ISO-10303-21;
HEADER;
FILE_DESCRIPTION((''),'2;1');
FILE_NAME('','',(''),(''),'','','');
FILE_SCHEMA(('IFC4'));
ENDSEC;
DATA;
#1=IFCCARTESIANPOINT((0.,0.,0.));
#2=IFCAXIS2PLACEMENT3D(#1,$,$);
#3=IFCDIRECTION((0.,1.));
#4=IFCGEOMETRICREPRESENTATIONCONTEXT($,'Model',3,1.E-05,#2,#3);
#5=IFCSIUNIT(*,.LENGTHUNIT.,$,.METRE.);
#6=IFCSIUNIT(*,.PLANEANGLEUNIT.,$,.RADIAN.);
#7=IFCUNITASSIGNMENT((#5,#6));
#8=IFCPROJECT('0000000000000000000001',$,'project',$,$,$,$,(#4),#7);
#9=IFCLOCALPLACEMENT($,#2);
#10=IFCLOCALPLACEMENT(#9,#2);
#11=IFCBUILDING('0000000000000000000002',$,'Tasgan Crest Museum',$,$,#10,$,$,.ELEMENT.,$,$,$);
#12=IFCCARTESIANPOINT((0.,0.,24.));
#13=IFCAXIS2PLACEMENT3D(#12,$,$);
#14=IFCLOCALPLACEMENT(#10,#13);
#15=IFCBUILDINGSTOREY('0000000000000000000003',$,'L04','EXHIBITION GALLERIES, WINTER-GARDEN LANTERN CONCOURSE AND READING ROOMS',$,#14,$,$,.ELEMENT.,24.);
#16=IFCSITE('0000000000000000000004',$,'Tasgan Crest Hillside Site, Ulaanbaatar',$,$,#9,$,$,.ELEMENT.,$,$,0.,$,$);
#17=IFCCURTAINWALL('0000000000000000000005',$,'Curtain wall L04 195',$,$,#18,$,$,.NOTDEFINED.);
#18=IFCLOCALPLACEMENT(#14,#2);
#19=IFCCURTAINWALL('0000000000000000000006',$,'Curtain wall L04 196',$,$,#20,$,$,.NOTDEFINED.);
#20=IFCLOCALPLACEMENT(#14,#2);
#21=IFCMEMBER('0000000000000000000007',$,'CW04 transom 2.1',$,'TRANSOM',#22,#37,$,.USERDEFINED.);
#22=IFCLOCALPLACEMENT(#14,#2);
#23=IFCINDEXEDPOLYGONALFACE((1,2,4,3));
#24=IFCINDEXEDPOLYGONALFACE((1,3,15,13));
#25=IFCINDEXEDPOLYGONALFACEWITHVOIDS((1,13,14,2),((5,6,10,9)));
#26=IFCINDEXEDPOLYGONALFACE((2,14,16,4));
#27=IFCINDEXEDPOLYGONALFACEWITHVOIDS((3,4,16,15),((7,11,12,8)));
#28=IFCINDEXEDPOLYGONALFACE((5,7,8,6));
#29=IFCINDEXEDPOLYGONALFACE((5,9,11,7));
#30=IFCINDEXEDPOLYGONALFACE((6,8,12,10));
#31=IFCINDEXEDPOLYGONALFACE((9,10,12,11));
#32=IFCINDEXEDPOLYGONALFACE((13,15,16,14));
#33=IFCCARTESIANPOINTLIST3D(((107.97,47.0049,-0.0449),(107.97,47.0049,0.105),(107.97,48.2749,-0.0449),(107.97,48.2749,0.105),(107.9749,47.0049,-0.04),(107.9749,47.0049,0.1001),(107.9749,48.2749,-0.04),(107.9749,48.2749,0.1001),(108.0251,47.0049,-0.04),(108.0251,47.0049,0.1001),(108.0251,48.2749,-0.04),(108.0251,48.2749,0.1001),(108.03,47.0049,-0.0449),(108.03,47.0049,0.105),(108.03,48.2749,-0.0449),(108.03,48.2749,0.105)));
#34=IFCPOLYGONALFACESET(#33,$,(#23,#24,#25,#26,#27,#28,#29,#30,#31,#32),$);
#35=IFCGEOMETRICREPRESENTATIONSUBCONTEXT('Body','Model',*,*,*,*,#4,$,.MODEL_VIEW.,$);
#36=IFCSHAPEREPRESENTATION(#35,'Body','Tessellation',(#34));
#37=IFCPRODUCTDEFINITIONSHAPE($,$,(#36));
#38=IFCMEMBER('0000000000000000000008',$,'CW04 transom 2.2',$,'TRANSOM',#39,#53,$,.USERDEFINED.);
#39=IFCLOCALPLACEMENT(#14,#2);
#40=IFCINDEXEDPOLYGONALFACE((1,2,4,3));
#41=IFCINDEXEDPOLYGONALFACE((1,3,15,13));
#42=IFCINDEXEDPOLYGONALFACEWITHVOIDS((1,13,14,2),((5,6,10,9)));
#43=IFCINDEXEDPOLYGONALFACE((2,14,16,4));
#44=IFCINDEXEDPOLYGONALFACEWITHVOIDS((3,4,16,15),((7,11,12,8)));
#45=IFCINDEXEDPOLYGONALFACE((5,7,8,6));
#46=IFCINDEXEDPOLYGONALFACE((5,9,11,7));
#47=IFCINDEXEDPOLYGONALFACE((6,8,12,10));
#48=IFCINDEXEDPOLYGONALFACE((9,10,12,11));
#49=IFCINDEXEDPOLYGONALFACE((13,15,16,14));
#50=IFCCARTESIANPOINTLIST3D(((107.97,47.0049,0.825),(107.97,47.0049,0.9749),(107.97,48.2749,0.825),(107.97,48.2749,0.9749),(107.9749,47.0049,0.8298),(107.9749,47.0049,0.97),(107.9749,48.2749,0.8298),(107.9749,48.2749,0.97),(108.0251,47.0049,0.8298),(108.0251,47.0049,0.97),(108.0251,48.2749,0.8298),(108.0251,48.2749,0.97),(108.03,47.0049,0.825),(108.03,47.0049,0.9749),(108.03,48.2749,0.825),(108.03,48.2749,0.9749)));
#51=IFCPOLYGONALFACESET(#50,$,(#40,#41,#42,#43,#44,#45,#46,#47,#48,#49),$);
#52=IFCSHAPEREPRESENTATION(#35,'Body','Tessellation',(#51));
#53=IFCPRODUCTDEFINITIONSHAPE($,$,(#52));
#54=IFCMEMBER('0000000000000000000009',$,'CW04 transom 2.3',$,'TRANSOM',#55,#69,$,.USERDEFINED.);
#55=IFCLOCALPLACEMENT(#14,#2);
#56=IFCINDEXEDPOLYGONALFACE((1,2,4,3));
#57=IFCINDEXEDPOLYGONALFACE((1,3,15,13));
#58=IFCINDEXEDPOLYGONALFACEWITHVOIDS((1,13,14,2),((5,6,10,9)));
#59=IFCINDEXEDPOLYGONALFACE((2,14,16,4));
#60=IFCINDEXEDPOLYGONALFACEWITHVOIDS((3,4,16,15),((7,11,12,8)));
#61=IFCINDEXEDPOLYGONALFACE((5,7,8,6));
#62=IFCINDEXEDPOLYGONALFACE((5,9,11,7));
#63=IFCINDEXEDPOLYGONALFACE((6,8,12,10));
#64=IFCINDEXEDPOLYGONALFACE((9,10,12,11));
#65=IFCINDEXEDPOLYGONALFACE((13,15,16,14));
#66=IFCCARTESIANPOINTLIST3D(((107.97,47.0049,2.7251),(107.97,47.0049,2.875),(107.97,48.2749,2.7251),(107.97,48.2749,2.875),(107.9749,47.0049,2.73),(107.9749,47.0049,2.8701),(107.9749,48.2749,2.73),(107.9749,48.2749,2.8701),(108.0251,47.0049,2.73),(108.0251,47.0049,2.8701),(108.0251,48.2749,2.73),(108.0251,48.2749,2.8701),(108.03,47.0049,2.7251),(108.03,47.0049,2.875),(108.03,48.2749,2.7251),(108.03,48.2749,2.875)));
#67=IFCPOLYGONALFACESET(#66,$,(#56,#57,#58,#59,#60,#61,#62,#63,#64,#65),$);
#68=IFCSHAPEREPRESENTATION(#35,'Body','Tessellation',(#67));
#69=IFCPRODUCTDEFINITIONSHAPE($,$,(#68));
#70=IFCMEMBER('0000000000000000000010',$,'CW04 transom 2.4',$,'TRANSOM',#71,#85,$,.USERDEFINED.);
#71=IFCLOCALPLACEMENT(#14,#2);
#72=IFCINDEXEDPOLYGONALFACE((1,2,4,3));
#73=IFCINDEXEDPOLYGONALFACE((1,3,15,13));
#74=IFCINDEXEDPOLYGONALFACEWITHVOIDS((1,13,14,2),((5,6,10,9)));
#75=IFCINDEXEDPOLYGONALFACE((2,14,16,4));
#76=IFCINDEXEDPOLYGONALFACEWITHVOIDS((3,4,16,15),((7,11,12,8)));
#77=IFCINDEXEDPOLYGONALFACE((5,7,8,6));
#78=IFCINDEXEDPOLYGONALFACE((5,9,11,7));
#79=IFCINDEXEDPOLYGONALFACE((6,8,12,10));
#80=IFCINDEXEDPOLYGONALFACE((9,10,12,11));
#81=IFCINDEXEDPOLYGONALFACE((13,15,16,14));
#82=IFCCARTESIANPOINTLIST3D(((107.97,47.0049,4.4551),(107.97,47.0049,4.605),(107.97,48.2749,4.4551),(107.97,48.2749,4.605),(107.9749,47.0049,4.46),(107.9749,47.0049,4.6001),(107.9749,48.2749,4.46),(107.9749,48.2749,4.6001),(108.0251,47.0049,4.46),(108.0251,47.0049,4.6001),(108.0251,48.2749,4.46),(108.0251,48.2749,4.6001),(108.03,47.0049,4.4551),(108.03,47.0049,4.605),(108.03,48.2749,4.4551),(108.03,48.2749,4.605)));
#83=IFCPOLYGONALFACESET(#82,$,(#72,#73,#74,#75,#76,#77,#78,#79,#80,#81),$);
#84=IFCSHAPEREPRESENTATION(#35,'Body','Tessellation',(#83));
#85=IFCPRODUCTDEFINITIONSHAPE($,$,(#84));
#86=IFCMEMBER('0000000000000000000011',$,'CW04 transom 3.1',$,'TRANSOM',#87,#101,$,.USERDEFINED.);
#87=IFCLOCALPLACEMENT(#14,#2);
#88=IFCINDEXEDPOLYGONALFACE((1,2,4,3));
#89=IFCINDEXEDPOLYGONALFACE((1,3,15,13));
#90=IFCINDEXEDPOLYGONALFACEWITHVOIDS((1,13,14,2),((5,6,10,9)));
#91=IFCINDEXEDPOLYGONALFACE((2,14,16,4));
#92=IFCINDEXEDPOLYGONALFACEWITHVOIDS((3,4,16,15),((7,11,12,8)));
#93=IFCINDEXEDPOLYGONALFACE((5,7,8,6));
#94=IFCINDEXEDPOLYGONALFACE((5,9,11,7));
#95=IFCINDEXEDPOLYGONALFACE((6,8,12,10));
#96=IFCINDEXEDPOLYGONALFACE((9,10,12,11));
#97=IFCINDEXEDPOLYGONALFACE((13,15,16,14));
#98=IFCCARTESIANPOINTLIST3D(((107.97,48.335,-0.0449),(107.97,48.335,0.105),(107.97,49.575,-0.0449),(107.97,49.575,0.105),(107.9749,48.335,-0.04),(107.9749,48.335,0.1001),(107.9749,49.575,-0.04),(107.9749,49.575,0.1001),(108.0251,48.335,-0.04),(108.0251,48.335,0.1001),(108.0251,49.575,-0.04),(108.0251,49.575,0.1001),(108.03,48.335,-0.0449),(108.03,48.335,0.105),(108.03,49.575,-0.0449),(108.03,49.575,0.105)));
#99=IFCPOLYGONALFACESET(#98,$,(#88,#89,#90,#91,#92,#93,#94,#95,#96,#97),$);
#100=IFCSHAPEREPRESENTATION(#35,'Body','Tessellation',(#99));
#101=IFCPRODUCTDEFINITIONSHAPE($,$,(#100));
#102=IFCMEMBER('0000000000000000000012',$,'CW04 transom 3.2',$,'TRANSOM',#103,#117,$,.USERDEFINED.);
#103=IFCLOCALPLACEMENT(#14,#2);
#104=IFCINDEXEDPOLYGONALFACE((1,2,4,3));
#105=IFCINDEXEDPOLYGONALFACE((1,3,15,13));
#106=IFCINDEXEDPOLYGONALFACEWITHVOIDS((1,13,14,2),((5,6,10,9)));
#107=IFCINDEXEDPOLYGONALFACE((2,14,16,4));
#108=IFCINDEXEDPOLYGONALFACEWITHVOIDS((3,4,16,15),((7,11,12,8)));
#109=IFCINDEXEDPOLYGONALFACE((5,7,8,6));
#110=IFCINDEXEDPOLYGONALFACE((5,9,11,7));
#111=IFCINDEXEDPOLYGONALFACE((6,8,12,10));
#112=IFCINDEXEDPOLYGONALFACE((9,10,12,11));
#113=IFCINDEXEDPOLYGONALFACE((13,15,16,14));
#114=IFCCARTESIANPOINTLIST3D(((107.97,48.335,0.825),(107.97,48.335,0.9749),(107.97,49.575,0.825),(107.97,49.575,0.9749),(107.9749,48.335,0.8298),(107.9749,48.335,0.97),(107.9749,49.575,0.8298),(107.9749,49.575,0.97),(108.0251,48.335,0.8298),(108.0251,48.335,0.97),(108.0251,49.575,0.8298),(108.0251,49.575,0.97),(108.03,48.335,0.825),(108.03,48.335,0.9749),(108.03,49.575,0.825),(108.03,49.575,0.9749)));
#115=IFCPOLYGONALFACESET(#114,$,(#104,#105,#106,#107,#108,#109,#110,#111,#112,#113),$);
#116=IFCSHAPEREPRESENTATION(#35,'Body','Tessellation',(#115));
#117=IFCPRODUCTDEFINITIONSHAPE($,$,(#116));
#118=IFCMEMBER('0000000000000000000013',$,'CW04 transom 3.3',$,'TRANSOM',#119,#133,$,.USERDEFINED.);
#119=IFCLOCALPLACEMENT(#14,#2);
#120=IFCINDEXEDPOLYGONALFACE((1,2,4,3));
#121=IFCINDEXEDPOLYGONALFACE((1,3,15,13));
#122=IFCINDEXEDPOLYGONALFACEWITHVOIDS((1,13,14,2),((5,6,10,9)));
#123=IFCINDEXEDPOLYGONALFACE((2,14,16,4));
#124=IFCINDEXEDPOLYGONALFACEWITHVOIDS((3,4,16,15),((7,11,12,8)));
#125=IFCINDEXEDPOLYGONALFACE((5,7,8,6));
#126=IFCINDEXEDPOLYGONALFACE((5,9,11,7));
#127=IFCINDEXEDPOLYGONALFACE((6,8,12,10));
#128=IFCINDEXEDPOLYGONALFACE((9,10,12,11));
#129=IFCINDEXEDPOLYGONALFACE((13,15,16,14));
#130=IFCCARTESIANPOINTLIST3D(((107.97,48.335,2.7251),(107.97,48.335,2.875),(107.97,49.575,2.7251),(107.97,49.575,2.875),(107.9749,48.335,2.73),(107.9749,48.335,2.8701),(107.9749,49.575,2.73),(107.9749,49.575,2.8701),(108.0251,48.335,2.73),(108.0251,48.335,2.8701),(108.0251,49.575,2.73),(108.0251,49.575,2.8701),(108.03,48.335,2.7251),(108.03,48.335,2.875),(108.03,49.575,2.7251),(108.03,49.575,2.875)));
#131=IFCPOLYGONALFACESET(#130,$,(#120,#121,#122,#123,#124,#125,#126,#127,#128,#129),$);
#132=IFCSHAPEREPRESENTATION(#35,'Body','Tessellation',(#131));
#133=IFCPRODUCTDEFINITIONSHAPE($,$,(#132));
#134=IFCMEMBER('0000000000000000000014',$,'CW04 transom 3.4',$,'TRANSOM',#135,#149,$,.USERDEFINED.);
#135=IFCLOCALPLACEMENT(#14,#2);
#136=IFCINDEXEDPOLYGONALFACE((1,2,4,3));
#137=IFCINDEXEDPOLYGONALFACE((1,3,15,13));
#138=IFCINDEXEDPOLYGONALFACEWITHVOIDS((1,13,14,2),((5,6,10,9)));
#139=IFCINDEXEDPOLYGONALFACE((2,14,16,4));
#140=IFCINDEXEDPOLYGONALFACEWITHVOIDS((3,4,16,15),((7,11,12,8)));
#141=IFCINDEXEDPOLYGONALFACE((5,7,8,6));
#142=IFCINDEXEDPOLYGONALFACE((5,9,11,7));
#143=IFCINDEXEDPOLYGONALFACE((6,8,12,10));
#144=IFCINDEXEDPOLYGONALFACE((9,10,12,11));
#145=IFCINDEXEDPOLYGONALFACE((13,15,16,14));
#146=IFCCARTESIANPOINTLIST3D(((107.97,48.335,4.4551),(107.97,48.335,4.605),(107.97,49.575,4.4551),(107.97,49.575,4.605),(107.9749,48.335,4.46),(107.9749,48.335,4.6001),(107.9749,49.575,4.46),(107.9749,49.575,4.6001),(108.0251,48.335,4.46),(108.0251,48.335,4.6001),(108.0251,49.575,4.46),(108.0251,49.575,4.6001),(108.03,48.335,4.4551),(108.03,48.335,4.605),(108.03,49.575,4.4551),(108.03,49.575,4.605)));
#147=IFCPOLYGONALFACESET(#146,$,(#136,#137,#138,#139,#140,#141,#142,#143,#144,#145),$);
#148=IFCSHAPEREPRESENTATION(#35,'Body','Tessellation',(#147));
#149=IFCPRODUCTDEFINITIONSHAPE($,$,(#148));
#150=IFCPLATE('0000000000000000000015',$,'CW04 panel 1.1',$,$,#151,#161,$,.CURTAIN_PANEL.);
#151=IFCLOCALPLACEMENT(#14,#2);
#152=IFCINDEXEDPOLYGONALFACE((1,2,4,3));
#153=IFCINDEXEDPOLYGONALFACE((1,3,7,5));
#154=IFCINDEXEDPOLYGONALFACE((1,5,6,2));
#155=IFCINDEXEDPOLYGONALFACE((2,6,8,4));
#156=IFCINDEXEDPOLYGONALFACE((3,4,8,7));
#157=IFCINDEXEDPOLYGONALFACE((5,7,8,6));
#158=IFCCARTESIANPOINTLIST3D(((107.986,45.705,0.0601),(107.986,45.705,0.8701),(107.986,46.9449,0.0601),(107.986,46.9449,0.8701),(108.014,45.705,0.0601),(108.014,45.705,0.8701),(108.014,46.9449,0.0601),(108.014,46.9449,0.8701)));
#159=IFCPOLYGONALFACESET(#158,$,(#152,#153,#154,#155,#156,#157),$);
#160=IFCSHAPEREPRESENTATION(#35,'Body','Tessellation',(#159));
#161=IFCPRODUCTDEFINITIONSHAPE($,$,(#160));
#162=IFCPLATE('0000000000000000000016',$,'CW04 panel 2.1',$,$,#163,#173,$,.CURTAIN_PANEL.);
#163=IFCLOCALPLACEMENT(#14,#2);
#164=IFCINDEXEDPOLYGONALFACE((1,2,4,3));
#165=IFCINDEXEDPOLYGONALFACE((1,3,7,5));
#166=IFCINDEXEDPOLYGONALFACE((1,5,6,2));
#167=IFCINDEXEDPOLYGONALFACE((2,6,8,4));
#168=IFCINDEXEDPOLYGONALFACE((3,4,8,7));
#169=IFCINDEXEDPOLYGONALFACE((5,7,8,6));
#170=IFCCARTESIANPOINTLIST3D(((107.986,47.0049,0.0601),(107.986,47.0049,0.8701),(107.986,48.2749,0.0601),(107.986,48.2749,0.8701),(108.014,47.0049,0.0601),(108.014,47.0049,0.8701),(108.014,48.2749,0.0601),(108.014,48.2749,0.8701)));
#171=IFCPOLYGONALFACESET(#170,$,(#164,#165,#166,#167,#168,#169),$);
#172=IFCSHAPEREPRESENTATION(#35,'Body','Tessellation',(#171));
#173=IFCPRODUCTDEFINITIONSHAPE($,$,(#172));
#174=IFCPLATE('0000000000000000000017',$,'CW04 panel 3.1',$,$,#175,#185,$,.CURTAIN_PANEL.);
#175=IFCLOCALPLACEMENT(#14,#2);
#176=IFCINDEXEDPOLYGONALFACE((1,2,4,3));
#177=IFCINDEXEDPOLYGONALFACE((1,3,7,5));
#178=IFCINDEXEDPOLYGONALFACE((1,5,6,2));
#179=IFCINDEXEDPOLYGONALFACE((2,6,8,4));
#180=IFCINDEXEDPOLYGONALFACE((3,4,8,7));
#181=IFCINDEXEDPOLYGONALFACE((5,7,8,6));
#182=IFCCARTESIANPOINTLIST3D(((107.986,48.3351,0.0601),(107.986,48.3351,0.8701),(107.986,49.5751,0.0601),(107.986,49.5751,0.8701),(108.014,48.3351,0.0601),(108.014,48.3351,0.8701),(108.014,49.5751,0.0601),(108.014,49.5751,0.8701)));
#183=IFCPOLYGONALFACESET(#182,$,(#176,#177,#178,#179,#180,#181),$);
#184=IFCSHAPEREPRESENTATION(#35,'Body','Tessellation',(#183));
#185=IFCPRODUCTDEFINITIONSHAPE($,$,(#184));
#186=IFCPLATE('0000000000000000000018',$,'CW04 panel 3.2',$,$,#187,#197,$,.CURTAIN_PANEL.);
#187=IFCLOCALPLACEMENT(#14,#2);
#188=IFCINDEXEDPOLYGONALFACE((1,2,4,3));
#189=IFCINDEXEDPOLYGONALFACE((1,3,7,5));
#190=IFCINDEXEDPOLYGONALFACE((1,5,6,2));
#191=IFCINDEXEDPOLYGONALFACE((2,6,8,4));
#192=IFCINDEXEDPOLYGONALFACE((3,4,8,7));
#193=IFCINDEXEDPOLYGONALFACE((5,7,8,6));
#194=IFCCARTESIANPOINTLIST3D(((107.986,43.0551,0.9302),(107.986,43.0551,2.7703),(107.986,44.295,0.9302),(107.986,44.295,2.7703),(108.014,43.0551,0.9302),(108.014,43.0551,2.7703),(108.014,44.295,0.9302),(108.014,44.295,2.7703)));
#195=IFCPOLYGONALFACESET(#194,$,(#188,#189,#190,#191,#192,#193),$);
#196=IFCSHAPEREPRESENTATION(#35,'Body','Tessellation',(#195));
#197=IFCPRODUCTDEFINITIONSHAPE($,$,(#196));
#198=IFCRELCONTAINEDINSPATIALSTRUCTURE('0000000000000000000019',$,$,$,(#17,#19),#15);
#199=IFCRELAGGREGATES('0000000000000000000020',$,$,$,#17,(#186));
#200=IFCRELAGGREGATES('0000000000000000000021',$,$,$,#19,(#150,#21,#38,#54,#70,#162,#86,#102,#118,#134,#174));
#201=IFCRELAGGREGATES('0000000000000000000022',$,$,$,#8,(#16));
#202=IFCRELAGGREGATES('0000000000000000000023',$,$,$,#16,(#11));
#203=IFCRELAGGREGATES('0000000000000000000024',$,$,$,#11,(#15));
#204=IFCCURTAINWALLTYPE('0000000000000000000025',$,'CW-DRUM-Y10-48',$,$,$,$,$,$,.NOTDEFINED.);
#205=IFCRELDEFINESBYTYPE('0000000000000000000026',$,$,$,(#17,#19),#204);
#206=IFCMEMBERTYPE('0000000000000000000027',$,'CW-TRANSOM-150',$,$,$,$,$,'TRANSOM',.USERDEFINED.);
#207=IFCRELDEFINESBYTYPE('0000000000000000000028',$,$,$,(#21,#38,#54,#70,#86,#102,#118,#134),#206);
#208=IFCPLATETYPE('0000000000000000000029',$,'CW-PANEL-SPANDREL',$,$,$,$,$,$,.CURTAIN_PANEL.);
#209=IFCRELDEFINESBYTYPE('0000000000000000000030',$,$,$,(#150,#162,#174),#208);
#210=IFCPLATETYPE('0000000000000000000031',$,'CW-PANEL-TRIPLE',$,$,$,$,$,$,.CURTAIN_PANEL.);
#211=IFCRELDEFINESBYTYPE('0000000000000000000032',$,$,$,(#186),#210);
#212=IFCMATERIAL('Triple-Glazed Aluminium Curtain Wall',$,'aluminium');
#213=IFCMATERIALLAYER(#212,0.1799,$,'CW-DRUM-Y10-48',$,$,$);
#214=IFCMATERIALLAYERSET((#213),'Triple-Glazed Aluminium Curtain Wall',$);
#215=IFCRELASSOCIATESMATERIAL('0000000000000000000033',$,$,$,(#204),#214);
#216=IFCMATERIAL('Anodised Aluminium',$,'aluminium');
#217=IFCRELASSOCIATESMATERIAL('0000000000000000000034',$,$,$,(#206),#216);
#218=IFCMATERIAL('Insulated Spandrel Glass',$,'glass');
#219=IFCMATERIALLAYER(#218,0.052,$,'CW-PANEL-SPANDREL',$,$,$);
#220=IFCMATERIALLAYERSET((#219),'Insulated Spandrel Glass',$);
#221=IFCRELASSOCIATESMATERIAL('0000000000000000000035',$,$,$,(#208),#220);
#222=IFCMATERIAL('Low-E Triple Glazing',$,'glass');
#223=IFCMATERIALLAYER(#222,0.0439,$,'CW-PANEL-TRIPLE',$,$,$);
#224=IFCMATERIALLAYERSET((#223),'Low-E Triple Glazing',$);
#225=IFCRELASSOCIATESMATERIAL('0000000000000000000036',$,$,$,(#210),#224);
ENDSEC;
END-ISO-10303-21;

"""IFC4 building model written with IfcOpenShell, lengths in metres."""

from ifc_helpers import new_model, si_unit, direction, frame, origin, origin_2d, place, context, subcontext, project, spatial, rectangle, hollow_rectangle, extrude, material, layer, layer_set, material_profile, profile_set, type_object, element, aggregate, save


model = new_model("IFC4")

# Units and contexts
model_context = context("Model", 3, precision=1e-05, world=origin(), true_north=direction((0.0, 1.0)))
body_context = subcontext(model_context, "Body", "Model", "MODEL_VIEW")
ifc_project = project(units=[si_unit("LENGTHUNIT", "METRE"), si_unit("PLANEANGLEUNIT", "RADIAN")], contexts=[model_context])

# Site, building, storey
site_placement = place(None, origin())
site = spatial("IfcSite", under=ifc_project, at=site_placement, Name="Tasgan Crest Hillside Site, Ulaanbaatar", CompositionType="ELEMENT", RefElevation=0.0)
building_placement = place(site_placement, origin())
building = spatial("IfcBuilding", under=site, at=building_placement, Name="Tasgan Crest Museum", CompositionType="ELEMENT")
storey_placement = place(building_placement, frame((0.0, 0.0, 24.0)))
storey = spatial("IfcBuildingStorey", under=building, at=storey_placement, Name="L04", Description="EXHIBITION GALLERIES, WINTER-GARDEN LANTERN CONCOURSE AND READING ROOMS", CompositionType="ELEMENT", Elevation=24.0)

# Curtain wall
ifc_material_1 = material(Name="Triple-Glazed Aluminium Curtain Wall", Category="aluminium")
ifc_layer_1 = layer(ifc_material_1, 0.1799, Name="CW-DRUM-Y10-48")
ifc_layer_set_1 = layer_set([ifc_layer_1], Name="Triple-Glazed Aluminium Curtain Wall")
curtain_wall_type = type_object("IfcCurtainWallType", Name="CW-DRUM-Y10-48", PredefinedType="NOTDEFINED", material=ifc_layer_set_1)
curtain_wall_1_placement = place(storey_placement, origin())
curtain_wall_1 = element("IfcCurtainWall", 1, at=curtain_wall_1_placement, inside=storey, type_object=curtain_wall_type, Name="Curtain wall L04 195", PredefinedType="NOTDEFINED")

# Curtain wall, members, plates
curtain_wall_2_placement = place(storey_placement, origin())
curtain_wall_2 = element("IfcCurtainWall", 2, at=curtain_wall_2_placement, inside=storey, type_object=curtain_wall_type, Name="Curtain wall L04 196", PredefinedType="NOTDEFINED")
ifc_material_2 = material(Name="Anodised Aluminium", Category="aluminium")
ifc_material_profile_1 = material_profile(ifc_material_2, hollow_rectangle(XDim=0.0601, YDim=0.1499, WallThickness=0.0049, at=origin_2d()), Name="ALU TRANSOM 150x60x5")
ifc_profile_set_1 = profile_set([ifc_material_profile_1], Name="Anodised Aluminium")
member_type_1 = type_object("IfcMemberType", Name="CW-TRANSOM-150", ElementType="TRANSOM", PredefinedType="USERDEFINED", material=ifc_profile_set_1)
member_1_placement = place(storey_placement, frame((108.0, 47.0049, 0.03), z_axis=(0.0, 1.0, 0.0), x_axis=(-1.0, 0.0, 0.0)))
member_1 = element("IfcMember", 3, at=member_1_placement, type_object=member_type_1, Name="CW04 transom 2.1", ObjectType="TRANSOM", PredefinedType="USERDEFINED", context=body_context, shape_type="SweptSolid", body=[
    extrude(hollow_rectangle(XDim=0.0601, YDim=0.1499, WallThickness=0.0049, at=origin_2d()), origin(), (0.0, 0.0, 1.0), 1.27),
])
member_2_placement = place(storey_placement, frame((108.0, 47.0049, 0.8999), z_axis=(0.0, 1.0, 0.0), x_axis=(-1.0, 0.0, 0.0)))
member_2 = element("IfcMember", 4, at=member_2_placement, type_object=member_type_1, Name="CW04 transom 2.2", ObjectType="TRANSOM", PredefinedType="USERDEFINED", context=body_context, shape_type="SweptSolid", body=[
    extrude(hollow_rectangle(XDim=0.0601, YDim=0.1499, WallThickness=0.0049, at=origin_2d()), origin(), (0.0, 0.0, 1.0), 1.27),
])
member_3_placement = place(storey_placement, frame((108.0, 47.0049, 2.8), z_axis=(0.0, 1.0, 0.0), x_axis=(-1.0, 0.0, 0.0)))
member_3 = element("IfcMember", 5, at=member_3_placement, type_object=member_type_1, Name="CW04 transom 2.3", ObjectType="TRANSOM", PredefinedType="USERDEFINED", context=body_context, shape_type="SweptSolid", body=[
    extrude(hollow_rectangle(XDim=0.0601, YDim=0.1499, WallThickness=0.0049, at=origin_2d()), origin(), (0.0, 0.0, 1.0), 1.27),
])
member_4_placement = place(storey_placement, frame((108.0, 47.0049, 4.53), z_axis=(0.0, 1.0, 0.0), x_axis=(-1.0, 0.0, 0.0)))
member_4 = element("IfcMember", 6, at=member_4_placement, type_object=member_type_1, Name="CW04 transom 2.4", ObjectType="TRANSOM", PredefinedType="USERDEFINED", context=body_context, shape_type="SweptSolid", body=[
    extrude(hollow_rectangle(XDim=0.0601, YDim=0.1499, WallThickness=0.0049, at=origin_2d()), origin(), (0.0, 0.0, 1.0), 1.27),
])
member_5_placement = place(storey_placement, frame((108.0, 48.335, 0.03), z_axis=(0.0, 1.0, 0.0), x_axis=(-1.0, 0.0, 0.0)))
member_5 = element("IfcMember", 7, at=member_5_placement, type_object=member_type_1, Name="CW04 transom 3.1", ObjectType="TRANSOM", PredefinedType="USERDEFINED", context=body_context, shape_type="SweptSolid", body=[
    extrude(hollow_rectangle(XDim=0.0601, YDim=0.1499, WallThickness=0.0049, at=origin_2d()), origin(), (0.0, 0.0, 1.0), 1.24),
])
member_6_placement = place(storey_placement, frame((108.0, 48.335, 0.8999), z_axis=(0.0, 1.0, 0.0), x_axis=(-1.0, 0.0, 0.0)))
member_6 = element("IfcMember", 8, at=member_6_placement, type_object=member_type_1, Name="CW04 transom 3.2", ObjectType="TRANSOM", PredefinedType="USERDEFINED", context=body_context, shape_type="SweptSolid", body=[
    extrude(hollow_rectangle(XDim=0.0601, YDim=0.1499, WallThickness=0.0049, at=origin_2d()), origin(), (0.0, 0.0, 1.0), 1.24),
])
member_7_placement = place(storey_placement, frame((108.0, 48.335, 2.8), z_axis=(0.0, 1.0, 0.0), x_axis=(-1.0, 0.0, 0.0)))
member_7 = element("IfcMember", 9, at=member_7_placement, type_object=member_type_1, Name="CW04 transom 3.3", ObjectType="TRANSOM", PredefinedType="USERDEFINED", context=body_context, shape_type="SweptSolid", body=[
    extrude(hollow_rectangle(XDim=0.0601, YDim=0.1499, WallThickness=0.0049, at=origin_2d()), origin(), (0.0, 0.0, 1.0), 1.24),
])
member_8_placement = place(storey_placement, frame((108.0, 48.335, 4.53), z_axis=(0.0, 1.0, 0.0), x_axis=(-1.0, 0.0, 0.0)))
member_8 = element("IfcMember", 10, at=member_8_placement, type_object=member_type_1, Name="CW04 transom 3.4", ObjectType="TRANSOM", PredefinedType="USERDEFINED", context=body_context, shape_type="SweptSolid", body=[
    extrude(hollow_rectangle(XDim=0.0601, YDim=0.1499, WallThickness=0.0049, at=origin_2d()), origin(), (0.0, 0.0, 1.0), 1.24),
])
ifc_material_3 = material(Name="Insulated Spandrel Glass", Category="glass")
ifc_layer_2 = layer(ifc_material_3, 0.052, Name="CW-PANEL-SPANDREL")
ifc_layer_set_2 = layer_set([ifc_layer_2], Name="Insulated Spandrel Glass")
plate_type_1 = type_object("IfcPlateType", Name="CW-PANEL-SPANDREL", PredefinedType="CURTAIN_PANEL", material=ifc_layer_set_2)
plate_1_placement = place(storey_placement, frame((108.0, 46.325, 0.0601), z_axis=(0.0, 0.0, 1.0), x_axis=(0.0, 1.0, 0.0)))
plate_1 = element("IfcPlate", 11, at=plate_1_placement, type_object=plate_type_1, Name="CW04 panel 1.1", PredefinedType="CURTAIN_PANEL", context=body_context, shape_type="SweptSolid", body=[
    extrude(rectangle(XDim=1.24, YDim=0.0281, at=origin_2d()), origin(), (0.0, 0.0, 1.0), 0.8101),
])
plate_2_placement = place(storey_placement, frame((108.0, 47.6399, 0.0601), z_axis=(0.0, 0.0, 1.0), x_axis=(0.0, 1.0, 0.0)))
plate_2 = element("IfcPlate", 12, at=plate_2_placement, type_object=plate_type_1, Name="CW04 panel 2.1", PredefinedType="CURTAIN_PANEL", context=body_context, shape_type="SweptSolid", body=[
    extrude(rectangle(XDim=1.27, YDim=0.0281, at=origin_2d()), origin(), (0.0, 0.0, 1.0), 0.8101),
])
plate_3_placement = place(storey_placement, frame((108.0, 48.9551, 0.0601), z_axis=(0.0, 0.0, 1.0), x_axis=(0.0, 1.0, 0.0)))
plate_3 = element("IfcPlate", 13, at=plate_3_placement, type_object=plate_type_1, Name="CW04 panel 3.1", PredefinedType="CURTAIN_PANEL", context=body_context, shape_type="SweptSolid", body=[
    extrude(rectangle(XDim=1.24, YDim=0.0281, at=origin_2d()), origin(), (0.0, 0.0, 1.0), 0.8101),
])

# Plate
ifc_material_4 = material(Name="Low-E Triple Glazing", Category="glass")
ifc_layer_3 = layer(ifc_material_4, 0.0439, Name="CW-PANEL-TRIPLE")
ifc_layer_set_3 = layer_set([ifc_layer_3], Name="Low-E Triple Glazing")
plate_type_2 = type_object("IfcPlateType", Name="CW-PANEL-TRIPLE", PredefinedType="CURTAIN_PANEL", material=ifc_layer_set_3)
plate_4_placement = place(storey_placement, frame((108.0, 43.675, 0.9302), z_axis=(0.0, 0.0, 1.0), x_axis=(0.0, 1.0, 0.0)))
plate_4 = element("IfcPlate", 14, at=plate_4_placement, type_object=plate_type_2, Name="CW04 panel 3.2", PredefinedType="CURTAIN_PANEL", context=body_context, shape_type="SweptSolid", body=[
    extrude(rectangle(XDim=1.24, YDim=0.0281, at=origin_2d()), origin(), (0.0, 0.0, 1.0), 1.8401),
])
aggregate(curtain_wall_1, [plate_4])
aggregate(curtain_wall_2, [plate_1, member_1, member_2, member_3, member_4, plate_2, member_5, member_6, member_7, member_8, plate_3])

save(model, "model.ifc")
